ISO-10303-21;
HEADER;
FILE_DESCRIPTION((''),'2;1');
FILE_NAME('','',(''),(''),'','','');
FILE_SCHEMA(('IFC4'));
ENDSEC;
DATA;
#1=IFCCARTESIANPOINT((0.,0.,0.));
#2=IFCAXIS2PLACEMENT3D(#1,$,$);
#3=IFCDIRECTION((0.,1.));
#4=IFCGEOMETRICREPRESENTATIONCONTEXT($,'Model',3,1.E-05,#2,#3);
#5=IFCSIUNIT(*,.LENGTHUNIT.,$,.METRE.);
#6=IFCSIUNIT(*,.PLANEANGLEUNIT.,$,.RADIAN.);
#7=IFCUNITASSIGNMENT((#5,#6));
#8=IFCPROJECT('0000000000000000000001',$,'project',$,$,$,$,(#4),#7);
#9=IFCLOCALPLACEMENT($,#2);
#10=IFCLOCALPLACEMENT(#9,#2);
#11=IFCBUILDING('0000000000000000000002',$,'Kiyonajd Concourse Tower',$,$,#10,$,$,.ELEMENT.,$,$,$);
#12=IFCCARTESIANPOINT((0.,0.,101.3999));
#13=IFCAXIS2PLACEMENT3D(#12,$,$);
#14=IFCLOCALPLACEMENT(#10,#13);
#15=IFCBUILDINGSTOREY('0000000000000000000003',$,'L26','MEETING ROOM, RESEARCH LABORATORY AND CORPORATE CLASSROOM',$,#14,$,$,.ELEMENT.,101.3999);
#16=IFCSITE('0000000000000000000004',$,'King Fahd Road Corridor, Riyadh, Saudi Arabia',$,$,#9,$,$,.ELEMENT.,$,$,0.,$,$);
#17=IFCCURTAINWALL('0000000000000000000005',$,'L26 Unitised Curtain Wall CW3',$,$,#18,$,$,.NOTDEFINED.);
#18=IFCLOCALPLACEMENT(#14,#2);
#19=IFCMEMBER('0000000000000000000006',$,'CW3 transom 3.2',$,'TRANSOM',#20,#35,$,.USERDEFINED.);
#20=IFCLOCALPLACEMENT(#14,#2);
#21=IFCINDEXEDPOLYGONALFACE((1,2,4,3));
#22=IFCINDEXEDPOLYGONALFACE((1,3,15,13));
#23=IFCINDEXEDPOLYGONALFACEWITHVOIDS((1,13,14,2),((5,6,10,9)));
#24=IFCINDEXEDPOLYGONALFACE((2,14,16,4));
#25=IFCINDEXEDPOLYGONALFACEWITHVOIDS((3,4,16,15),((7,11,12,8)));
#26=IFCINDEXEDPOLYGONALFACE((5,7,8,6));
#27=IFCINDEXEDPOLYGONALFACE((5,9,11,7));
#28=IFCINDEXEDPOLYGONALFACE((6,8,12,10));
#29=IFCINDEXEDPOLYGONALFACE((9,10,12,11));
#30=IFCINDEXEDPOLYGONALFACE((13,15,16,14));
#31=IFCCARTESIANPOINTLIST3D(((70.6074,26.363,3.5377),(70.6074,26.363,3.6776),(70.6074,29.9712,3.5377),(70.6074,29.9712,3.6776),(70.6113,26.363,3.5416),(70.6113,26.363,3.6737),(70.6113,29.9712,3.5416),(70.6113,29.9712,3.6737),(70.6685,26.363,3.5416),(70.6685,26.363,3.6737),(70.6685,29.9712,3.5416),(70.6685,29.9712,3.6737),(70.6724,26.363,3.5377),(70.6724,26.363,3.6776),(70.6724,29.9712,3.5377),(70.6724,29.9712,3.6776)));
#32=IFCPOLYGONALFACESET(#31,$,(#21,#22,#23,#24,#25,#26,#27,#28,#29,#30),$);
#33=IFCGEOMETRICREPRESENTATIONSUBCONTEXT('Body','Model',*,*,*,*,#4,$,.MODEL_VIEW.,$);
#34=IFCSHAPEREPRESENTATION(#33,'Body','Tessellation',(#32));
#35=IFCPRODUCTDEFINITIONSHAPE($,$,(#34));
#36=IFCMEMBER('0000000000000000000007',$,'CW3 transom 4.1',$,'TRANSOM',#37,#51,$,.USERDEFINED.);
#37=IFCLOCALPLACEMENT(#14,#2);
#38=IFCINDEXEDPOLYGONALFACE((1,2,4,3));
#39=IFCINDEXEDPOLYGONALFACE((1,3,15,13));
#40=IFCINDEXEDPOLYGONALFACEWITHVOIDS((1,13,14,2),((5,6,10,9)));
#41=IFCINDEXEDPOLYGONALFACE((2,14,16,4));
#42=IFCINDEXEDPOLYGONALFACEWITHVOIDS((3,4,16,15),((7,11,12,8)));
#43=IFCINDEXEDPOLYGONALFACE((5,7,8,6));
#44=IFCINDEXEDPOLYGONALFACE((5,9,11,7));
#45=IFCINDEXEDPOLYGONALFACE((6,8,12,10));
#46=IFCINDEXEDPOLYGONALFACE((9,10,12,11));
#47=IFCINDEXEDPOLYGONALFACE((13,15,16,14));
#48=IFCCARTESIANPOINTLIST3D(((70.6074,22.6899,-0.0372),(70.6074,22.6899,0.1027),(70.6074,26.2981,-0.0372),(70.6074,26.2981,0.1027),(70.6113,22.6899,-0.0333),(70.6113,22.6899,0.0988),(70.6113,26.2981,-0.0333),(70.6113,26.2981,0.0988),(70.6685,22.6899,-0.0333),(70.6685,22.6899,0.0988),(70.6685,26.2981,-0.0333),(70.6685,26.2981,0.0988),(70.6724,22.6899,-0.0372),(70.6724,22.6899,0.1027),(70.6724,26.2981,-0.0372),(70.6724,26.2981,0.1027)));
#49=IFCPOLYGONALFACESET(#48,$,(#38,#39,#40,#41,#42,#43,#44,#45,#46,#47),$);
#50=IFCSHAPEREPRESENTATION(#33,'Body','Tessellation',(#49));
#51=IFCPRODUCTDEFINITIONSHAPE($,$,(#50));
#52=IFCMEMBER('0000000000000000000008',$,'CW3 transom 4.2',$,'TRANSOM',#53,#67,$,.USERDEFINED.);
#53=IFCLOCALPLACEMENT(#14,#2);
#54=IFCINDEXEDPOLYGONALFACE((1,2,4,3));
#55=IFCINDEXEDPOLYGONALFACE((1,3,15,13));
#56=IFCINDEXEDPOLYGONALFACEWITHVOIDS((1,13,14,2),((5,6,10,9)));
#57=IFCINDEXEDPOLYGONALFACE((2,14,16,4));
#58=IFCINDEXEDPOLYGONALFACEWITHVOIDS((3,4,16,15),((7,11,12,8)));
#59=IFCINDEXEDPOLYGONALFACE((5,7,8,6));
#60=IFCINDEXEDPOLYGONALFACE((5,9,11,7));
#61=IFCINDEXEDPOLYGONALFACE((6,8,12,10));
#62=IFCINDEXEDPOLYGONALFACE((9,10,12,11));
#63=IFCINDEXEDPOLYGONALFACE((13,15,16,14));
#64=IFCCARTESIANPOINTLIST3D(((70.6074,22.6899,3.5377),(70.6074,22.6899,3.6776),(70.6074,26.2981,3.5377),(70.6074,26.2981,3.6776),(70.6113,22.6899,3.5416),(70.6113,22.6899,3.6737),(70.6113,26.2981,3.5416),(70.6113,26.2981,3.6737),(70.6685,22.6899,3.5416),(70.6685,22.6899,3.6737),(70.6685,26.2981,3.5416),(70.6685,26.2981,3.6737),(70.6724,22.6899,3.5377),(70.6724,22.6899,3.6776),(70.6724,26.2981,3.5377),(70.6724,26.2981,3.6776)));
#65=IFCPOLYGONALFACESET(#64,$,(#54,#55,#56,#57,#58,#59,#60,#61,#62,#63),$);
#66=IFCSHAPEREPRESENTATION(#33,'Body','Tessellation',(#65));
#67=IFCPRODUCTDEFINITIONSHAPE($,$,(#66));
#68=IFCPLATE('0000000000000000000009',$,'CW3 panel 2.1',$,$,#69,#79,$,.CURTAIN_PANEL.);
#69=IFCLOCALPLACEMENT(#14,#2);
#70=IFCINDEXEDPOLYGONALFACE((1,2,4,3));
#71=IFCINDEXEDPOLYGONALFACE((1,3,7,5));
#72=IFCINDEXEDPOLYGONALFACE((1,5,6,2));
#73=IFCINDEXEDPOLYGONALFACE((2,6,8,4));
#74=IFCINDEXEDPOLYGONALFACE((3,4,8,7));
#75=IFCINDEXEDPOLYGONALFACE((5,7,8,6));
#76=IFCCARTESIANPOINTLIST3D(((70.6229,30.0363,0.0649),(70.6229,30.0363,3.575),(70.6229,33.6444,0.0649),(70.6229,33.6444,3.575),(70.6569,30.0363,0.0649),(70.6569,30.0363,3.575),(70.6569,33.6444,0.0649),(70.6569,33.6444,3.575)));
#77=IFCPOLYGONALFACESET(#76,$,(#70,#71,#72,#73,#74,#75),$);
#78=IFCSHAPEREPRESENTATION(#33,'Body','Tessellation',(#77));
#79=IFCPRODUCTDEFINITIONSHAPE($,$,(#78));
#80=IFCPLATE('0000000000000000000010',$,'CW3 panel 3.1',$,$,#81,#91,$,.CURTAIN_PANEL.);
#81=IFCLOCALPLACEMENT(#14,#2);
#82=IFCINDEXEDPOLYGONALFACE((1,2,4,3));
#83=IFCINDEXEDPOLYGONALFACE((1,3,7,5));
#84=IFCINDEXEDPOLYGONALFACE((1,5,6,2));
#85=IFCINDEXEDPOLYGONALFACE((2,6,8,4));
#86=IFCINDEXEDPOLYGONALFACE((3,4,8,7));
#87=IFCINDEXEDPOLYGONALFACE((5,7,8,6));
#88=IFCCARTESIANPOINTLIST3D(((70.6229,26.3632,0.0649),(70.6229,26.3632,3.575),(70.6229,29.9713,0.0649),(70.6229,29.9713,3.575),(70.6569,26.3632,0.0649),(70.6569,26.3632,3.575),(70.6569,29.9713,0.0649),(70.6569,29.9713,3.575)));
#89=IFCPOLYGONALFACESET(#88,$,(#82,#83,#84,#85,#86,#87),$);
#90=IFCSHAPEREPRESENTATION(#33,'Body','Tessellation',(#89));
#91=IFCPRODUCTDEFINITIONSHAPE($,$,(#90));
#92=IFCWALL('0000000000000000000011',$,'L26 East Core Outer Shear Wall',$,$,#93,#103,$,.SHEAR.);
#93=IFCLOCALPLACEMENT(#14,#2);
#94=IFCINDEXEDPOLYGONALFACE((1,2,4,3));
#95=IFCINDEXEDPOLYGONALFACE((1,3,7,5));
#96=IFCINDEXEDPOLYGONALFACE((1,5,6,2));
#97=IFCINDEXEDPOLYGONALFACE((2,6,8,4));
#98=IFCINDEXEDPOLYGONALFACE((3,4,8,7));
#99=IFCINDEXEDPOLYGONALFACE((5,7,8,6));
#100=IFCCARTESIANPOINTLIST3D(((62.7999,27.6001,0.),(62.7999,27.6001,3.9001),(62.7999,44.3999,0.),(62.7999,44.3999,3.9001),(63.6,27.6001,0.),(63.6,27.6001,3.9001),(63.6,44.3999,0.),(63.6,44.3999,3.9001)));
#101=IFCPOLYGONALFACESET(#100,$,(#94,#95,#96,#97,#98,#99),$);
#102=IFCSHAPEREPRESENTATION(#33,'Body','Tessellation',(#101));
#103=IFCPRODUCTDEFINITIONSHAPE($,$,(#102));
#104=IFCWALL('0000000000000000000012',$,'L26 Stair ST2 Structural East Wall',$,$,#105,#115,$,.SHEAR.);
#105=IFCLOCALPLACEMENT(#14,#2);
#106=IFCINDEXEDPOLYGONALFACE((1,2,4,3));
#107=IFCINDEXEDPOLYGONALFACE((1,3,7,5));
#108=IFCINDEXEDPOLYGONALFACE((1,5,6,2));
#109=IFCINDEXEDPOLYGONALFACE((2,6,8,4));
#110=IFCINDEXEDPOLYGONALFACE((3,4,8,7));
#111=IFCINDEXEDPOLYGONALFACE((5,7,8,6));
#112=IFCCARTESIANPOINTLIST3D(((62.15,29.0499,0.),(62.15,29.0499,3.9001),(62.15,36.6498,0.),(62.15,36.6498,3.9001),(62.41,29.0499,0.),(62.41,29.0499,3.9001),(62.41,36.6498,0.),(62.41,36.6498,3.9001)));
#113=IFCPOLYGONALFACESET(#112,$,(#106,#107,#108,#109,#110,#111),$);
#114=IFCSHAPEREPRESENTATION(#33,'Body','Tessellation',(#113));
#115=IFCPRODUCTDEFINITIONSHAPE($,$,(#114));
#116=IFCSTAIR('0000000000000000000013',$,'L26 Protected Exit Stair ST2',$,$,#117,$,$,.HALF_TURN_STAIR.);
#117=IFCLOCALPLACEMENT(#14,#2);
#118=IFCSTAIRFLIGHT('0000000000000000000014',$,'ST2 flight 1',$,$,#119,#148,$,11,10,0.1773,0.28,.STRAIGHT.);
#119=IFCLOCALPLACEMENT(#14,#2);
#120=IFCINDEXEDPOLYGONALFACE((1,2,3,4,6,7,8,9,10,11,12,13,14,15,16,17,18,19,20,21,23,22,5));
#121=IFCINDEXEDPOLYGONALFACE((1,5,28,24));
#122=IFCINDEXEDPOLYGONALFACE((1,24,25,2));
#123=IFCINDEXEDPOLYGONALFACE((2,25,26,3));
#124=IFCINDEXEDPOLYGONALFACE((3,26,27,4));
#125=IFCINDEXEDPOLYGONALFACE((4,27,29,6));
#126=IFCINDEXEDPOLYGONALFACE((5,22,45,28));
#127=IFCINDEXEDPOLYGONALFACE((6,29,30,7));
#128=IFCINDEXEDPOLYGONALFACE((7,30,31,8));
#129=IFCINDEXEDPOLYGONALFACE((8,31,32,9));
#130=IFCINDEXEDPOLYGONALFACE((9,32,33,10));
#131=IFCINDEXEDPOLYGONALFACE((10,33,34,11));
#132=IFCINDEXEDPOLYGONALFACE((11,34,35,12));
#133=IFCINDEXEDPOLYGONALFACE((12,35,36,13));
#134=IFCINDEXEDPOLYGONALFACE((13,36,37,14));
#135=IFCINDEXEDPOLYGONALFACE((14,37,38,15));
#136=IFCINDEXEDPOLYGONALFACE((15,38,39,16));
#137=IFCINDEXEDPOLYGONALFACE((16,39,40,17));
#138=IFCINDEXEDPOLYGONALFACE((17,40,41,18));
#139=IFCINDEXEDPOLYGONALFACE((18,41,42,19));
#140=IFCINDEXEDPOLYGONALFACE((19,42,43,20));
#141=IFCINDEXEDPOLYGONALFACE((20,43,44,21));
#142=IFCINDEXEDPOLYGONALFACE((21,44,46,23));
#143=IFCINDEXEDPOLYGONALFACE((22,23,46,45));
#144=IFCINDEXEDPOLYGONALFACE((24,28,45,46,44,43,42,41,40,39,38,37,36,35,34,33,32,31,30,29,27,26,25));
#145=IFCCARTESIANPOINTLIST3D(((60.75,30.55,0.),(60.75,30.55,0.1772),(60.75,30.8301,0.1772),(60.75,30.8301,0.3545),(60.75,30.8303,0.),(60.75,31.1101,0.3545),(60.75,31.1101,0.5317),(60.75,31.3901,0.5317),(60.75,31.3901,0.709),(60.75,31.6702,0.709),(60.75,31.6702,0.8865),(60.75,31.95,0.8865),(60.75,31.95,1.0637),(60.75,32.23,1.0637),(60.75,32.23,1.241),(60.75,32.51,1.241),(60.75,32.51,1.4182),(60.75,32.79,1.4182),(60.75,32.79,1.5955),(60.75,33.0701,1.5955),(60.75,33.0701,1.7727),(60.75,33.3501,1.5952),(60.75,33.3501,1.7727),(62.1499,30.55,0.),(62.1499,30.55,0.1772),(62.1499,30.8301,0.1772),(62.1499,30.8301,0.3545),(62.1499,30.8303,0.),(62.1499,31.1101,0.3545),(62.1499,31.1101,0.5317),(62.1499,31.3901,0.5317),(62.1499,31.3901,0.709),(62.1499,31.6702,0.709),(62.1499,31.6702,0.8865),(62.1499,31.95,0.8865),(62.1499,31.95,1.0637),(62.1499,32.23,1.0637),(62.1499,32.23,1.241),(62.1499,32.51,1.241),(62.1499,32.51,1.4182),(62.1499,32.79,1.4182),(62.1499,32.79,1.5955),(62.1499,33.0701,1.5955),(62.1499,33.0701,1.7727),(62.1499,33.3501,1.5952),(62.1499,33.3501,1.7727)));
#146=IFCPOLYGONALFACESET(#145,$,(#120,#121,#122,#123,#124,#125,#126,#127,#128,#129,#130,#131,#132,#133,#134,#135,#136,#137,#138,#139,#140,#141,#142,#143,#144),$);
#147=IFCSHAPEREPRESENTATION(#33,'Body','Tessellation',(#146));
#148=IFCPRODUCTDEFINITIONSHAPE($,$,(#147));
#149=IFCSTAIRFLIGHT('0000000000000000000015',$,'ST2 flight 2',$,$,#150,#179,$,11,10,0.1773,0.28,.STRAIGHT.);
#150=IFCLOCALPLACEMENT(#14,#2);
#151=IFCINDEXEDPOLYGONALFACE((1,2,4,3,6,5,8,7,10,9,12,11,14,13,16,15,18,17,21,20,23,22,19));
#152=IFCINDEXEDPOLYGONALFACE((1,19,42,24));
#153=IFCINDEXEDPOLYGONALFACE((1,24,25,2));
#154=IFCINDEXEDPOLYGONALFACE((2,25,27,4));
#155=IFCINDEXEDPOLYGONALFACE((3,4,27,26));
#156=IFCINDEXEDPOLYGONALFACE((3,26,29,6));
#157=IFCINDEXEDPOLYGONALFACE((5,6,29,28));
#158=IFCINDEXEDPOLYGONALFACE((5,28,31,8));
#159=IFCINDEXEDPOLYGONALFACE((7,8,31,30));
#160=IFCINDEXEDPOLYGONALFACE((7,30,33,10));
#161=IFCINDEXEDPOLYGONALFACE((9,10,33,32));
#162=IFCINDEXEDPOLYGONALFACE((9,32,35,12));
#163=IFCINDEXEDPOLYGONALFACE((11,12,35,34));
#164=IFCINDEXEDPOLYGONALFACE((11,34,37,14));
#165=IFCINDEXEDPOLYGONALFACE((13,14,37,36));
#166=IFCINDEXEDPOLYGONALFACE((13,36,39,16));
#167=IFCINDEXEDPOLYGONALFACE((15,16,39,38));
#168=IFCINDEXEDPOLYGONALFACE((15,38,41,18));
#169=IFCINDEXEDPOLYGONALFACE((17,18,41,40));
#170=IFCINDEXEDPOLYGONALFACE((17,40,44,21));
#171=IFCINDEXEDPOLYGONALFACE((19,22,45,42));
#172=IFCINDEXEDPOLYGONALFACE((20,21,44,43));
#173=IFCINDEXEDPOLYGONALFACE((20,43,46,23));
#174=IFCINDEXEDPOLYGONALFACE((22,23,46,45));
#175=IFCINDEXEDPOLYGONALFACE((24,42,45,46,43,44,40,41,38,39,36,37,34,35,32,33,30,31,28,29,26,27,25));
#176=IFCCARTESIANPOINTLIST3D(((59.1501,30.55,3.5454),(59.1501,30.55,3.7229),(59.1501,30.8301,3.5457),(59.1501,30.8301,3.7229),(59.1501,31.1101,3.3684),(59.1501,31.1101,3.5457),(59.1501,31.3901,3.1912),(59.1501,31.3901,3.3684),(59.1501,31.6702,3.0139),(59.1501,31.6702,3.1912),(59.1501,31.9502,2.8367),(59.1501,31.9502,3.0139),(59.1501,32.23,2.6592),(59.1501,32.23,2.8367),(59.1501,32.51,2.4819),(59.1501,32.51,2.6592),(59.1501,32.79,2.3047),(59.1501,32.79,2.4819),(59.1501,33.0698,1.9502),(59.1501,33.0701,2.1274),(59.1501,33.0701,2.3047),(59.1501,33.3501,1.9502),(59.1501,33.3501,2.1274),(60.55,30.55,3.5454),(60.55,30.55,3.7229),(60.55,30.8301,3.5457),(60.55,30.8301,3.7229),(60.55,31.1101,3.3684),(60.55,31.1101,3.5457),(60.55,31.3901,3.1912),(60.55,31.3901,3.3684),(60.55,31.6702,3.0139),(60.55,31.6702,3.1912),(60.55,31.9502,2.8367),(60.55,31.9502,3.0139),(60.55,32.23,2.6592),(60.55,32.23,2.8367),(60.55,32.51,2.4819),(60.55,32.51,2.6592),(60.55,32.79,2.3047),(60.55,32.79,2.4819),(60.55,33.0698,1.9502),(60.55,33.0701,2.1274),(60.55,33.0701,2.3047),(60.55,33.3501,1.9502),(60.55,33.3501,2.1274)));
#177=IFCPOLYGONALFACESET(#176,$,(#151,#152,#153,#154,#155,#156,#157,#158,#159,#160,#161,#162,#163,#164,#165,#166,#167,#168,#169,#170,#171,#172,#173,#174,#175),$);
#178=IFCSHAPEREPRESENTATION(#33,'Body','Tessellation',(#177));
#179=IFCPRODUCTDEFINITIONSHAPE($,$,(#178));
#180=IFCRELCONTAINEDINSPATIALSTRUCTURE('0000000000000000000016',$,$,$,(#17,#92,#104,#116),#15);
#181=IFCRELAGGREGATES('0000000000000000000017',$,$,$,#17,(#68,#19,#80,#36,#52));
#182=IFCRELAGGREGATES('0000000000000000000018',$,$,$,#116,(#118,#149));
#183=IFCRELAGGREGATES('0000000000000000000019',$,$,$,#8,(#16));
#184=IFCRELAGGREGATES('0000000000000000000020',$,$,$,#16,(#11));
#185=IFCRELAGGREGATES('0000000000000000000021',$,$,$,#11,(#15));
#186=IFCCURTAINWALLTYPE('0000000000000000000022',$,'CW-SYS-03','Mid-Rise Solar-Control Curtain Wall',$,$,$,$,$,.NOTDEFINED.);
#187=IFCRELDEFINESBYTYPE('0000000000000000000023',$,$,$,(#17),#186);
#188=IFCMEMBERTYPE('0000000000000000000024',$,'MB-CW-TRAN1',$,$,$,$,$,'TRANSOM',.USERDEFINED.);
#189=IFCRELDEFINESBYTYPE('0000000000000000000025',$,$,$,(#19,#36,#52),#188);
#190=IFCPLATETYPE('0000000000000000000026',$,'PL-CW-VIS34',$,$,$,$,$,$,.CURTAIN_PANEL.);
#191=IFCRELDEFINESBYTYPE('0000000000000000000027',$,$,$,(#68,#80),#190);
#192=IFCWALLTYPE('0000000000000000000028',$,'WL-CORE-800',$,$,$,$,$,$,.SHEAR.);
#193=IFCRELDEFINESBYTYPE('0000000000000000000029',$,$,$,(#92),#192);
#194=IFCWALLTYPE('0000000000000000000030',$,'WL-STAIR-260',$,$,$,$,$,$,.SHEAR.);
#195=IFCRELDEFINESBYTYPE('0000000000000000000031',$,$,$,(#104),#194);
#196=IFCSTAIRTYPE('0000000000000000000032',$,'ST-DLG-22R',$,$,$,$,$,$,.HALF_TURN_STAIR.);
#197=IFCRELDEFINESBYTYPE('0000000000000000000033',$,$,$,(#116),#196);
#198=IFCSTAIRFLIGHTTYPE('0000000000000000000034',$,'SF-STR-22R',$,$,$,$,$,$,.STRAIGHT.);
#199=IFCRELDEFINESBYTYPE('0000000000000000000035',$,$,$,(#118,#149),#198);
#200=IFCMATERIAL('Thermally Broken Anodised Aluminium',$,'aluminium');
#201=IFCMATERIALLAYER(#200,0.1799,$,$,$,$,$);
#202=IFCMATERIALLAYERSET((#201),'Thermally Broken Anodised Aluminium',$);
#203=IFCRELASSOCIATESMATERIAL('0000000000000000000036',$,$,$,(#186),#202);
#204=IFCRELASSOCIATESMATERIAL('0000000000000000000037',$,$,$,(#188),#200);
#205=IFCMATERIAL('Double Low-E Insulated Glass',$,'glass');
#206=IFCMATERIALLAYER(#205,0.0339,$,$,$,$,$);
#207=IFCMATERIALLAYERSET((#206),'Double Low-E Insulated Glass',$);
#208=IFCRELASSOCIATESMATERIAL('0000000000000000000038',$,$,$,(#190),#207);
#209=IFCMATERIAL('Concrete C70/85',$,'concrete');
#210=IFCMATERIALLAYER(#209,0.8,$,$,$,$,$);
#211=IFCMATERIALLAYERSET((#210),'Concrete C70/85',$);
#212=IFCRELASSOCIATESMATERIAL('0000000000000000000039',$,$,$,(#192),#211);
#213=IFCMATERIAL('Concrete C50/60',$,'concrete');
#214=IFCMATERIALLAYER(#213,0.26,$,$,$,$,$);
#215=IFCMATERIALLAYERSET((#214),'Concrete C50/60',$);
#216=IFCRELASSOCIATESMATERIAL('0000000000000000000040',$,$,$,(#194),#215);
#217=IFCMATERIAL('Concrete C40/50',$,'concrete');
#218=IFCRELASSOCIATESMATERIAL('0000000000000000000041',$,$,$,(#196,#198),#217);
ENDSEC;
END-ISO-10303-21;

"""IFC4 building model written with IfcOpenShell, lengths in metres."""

from ifc_helpers import new_model, si_unit, direction, frame, frame_2d, origin, origin_2d, place, context, subcontext, project, spatial, polyline, rectangle, hollow_rectangle, outline, extrude, material, layer, layer_set, material_profile, profile_set, type_object, element, aggregate, save


model = new_model("IFC4")

# Units and contexts
model_context = context("Model", 3, precision=1e-05, world=origin(), true_north=direction((0.0, 1.0)))
body_context = subcontext(model_context, "Body", "Model", "MODEL_VIEW")
ifc_project = project(units=[si_unit("LENGTHUNIT", "METRE"), si_unit("PLANEANGLEUNIT", "RADIAN")], contexts=[model_context])

# Site, building, storey
site_placement = place(None, origin())
site = spatial("IfcSite", under=ifc_project, at=site_placement, Name="King Fahd Road Corridor, Riyadh, Saudi Arabia", CompositionType="ELEMENT", RefElevation=0.0)
building_placement = place(site_placement, origin())
building = spatial("IfcBuilding", under=site, at=building_placement, Name="Kiyonajd Concourse Tower", CompositionType="ELEMENT")
storey_placement = place(building_placement, frame((0.0, 0.0, 101.3999)))
storey = spatial("IfcBuildingStorey", under=building, at=storey_placement, Name="L26", Description="MEETING ROOM, RESEARCH LABORATORY AND CORPORATE CLASSROOM", CompositionType="ELEMENT", Elevation=101.3999)

# Shared definitions
ifc_material_1 = material(Name="Concrete C70/85", Category="concrete")

# Curtain wall, members, plates
ifc_material_2 = material(Name="Thermally Broken Anodised Aluminium", Category="aluminium")
ifc_layer_1 = layer(ifc_material_2, 0.1799)
ifc_layer_set_1 = layer_set([ifc_layer_1], Name="Thermally Broken Anodised Aluminium")
curtain_wall_type = type_object("IfcCurtainWallType", Name="CW-SYS-03", Description="Mid-Rise Solar-Control Curtain Wall", PredefinedType="NOTDEFINED", material=ifc_layer_set_1)
curtain_wall_placement = place(storey_placement, origin())
curtain_wall = element("IfcCurtainWall", 1, at=curtain_wall_placement, inside=storey, type_object=curtain_wall_type, Name="L26 Unitised Curtain Wall CW3", PredefinedType="NOTDEFINED")
ifc_material_profile_1 = material_profile(ifc_material_2, hollow_rectangle(XDim=0.0649, YDim=0.1399, WallThickness=0.0039, at=origin_2d()), Name="TRAN-65x140")
ifc_profile_set_1 = profile_set([ifc_material_profile_1], Name="Thermally Broken Anodised Aluminium")
member_type_1 = type_object("IfcMemberType", Name="MB-CW-TRAN1", ElementType="TRANSOM", PredefinedType="USERDEFINED", material=ifc_profile_set_1)
member_1_placement = place(storey_placement, frame((70.6399, 29.9712, 3.6077), z_axis=(0.0, -1.0, 0.0), x_axis=(1.0, 0.0, 0.0)))
member_1 = element("IfcMember", 2, at=member_1_placement, type_object=member_type_1, Name="CW3 transom 3.2", ObjectType="TRANSOM", PredefinedType="USERDEFINED", context=body_context, shape_type="SweptSolid", body=[
    extrude(hollow_rectangle(XDim=0.0649, YDim=0.1399, WallThickness=0.0039, at=origin_2d()), origin(), (0.0, 0.0, 1.0), 3.6082),
])
member_2_placement = place(storey_placement, frame((70.6399, 26.2981, 0.0327), z_axis=(0.0, -1.0, 0.0), x_axis=(1.0, 0.0, 0.0)))
member_2 = element("IfcMember", 3, at=member_2_placement, type_object=member_type_1, Name="CW3 transom 4.1", ObjectType="TRANSOM", PredefinedType="USERDEFINED", context=body_context, shape_type="SweptSolid", body=[
    extrude(hollow_rectangle(XDim=0.0649, YDim=0.1399, WallThickness=0.0039, at=origin_2d()), origin(), (0.0, 0.0, 1.0), 3.6082),
])
member_3_placement = place(storey_placement, frame((70.6399, 26.2981, 3.6077), z_axis=(0.0, -1.0, 0.0), x_axis=(1.0, 0.0, 0.0)))
member_3 = element("IfcMember", 4, at=member_3_placement, type_object=member_type_1, Name="CW3 transom 4.2", ObjectType="TRANSOM", PredefinedType="USERDEFINED", context=body_context, shape_type="SweptSolid", body=[
    extrude(hollow_rectangle(XDim=0.0649, YDim=0.1399, WallThickness=0.0039, at=origin_2d()), origin(), (0.0, 0.0, 1.0), 3.6082),
])
ifc_material_3 = material(Name="Double Low-E Insulated Glass", Category="glass")
ifc_layer_2 = layer(ifc_material_3, 0.0339)
ifc_layer_set_2 = layer_set([ifc_layer_2], Name="Double Low-E Insulated Glass")
plate_type = type_object("IfcPlateType", Name="PL-CW-VIS34", PredefinedType="CURTAIN_PANEL", material=ifc_layer_set_2)
plate_1_placement = place(storey_placement, frame((70.6399, 31.8403, 0.0649), z_axis=(0.0, 0.0, 1.0), x_axis=(0.0, -1.0, 0.0)))
plate_1 = element("IfcPlate", 5, at=plate_1_placement, type_object=plate_type, Name="CW3 panel 2.1", PredefinedType="CURTAIN_PANEL", context=body_context, shape_type="SweptSolid", body=[
    extrude(rectangle(XDim=3.6082, YDim=0.0339, at=origin_2d()), origin(), (0.0, 0.0, 1.0), 3.51),
])
plate_2_placement = place(storey_placement, frame((70.6399, 28.1672, 0.0649), z_axis=(0.0, 0.0, 1.0), x_axis=(0.0, -1.0, 0.0)))
plate_2 = element("IfcPlate", 6, at=plate_2_placement, type_object=plate_type, Name="CW3 panel 3.1", PredefinedType="CURTAIN_PANEL", context=body_context, shape_type="SweptSolid", body=[
    extrude(rectangle(XDim=3.6082, YDim=0.0339, at=origin_2d()), origin(), (0.0, 0.0, 1.0), 3.51),
])
aggregate(curtain_wall, [plate_1, member_1, plate_2, member_2, member_3])

# Walls
ifc_layer_3 = layer(ifc_material_1, 0.8)
ifc_layer_set_3 = layer_set([ifc_layer_3], Name="Concrete C70/85")
wall_type_1 = type_object("IfcWallType", Name="WL-CORE-800", PredefinedType="SHEAR", material=ifc_layer_set_3)
wall_1_placement = place(storey_placement, frame((63.2, 27.6001, 0.0), z_axis=(0.0, 0.0, 1.0), x_axis=(0.0, 1.0, 0.0)))
element("IfcWall", 7, at=wall_1_placement, inside=storey, type_object=wall_type_1, Name="L26 East Core Outer Shear Wall", PredefinedType="SHEAR", context=body_context, shape_type="SweptSolid", body=[
    extrude(rectangle(XDim=16.7998, YDim=0.8, at=frame_2d((8.3999, 0.0))), origin(), (0.0, 0.0, 1.0), 3.9001),
])
ifc_material_4 = material(Name="Concrete C50/60", Category="concrete")
ifc_layer_4 = layer(ifc_material_4, 0.26)
ifc_layer_set_4 = layer_set([ifc_layer_4], Name="Concrete C50/60")
wall_type_2 = type_object("IfcWallType", Name="WL-STAIR-260", PredefinedType="SHEAR", material=ifc_layer_set_4)
wall_2_placement = place(storey_placement, frame((62.28, 29.05, 0.0), z_axis=(0.0, 0.0, 1.0), x_axis=(0.0, 1.0, 0.0)))
element("IfcWall", 8, at=wall_2_placement, inside=storey, type_object=wall_type_2, Name="L26 Stair ST2 Structural East Wall", PredefinedType="SHEAR", context=body_context, shape_type="SweptSolid", body=[
    extrude(rectangle(XDim=7.5999, YDim=0.26, at=frame_2d((3.7998, 0.0))), origin(), (0.0, 0.0, 1.0), 3.9001),
])

# Stair, stair flights
ifc_material_5 = material(Name="Concrete C40/50", Category="concrete")
stair_type = type_object("IfcStairType", Name="ST-DLG-22R", PredefinedType="HALF_TURN_STAIR", material=ifc_material_5)
stair_placement = place(storey_placement, origin())
stair = element("IfcStair", 9, at=stair_placement, inside=storey, type_object=stair_type, Name="L26 Protected Exit Stair ST2", PredefinedType="HALF_TURN_STAIR")
stair_flight_type = type_object("IfcStairFlightType", Name="SF-STR-22R", PredefinedType="STRAIGHT", material=ifc_material_5)
stair_flight_1_placement = place(storey_placement, frame((61.45, 30.55, 0.0), z_axis=(0.0, 0.0, 1.0), x_axis=(0.0, 1.0, 0.0)))
stair_flight_1 = element("IfcStairFlight", 10, at=stair_flight_1_placement, type_object=stair_flight_type, Name="ST2 flight 1", NumberOfRisers=11, NumberOfTreads=10, PredefinedType="STRAIGHT", RiserHeight=0.1773, TreadLength=0.28, context=body_context, shape_type="SweptSolid", body=[
    extrude(outline(polyline([(0.0, 0.0), (0.0, 0.1772), (0.28, 0.1772), (0.28, 0.3545), (0.5601, 0.3545), (0.5601, 0.5317), (0.8401, 0.5317), (0.8401, 0.709), (1.1201, 0.709), (1.1201, 0.8865), (1.3999, 0.8865), (1.3999, 1.0637), (1.6799, 1.0637), (1.6799, 1.241), (1.96, 1.241), (1.96, 1.4182), (2.24, 1.4182), (2.24, 1.5955), (2.52, 1.5955), (2.52, 1.7727), (2.8, 1.7727), (2.8, 1.95), (2.8, 1.5952), (0.2803, 0.0), (0.0, 0.0)])), frame((0.0, 0.7, 0.0), z_axis=(0.0, -1.0, 0.0), x_axis=(1.0, 0.0, 0.0)), (0.0, 0.0, 1.0), 1.3999),
])
stair_flight_2_placement = place(storey_placement, frame((59.8501, 33.3501, 1.9502), z_axis=(0.0, 0.0, 1.0), x_axis=(0.0, -1.0, 0.0)))
stair_flight_2 = element("IfcStairFlight", 11, at=stair_flight_2_placement, type_object=stair_flight_type, Name="ST2 flight 2", NumberOfRisers=11, NumberOfTreads=10, PredefinedType="STRAIGHT", RiserHeight=0.1773, TreadLength=0.28, context=body_context, shape_type="SweptSolid", body=[
    extrude(outline(polyline([(0.0, 0.0), (0.0, 0.1772), (0.28, 0.1772), (0.28, 0.3545), (0.5601, 0.3545), (0.5601, 0.5317), (0.8401, 0.5317), (0.8401, 0.709), (1.1201, 0.709), (1.1201, 0.8865), (1.3999, 0.8865), (1.3999, 1.0637), (1.6799, 1.0637), (1.6799, 1.241), (1.96, 1.241), (1.96, 1.4182), (2.24, 1.4182), (2.24, 1.5955), (2.52, 1.5955), (2.52, 1.7727), (2.8, 1.7727), (2.8, 1.95), (2.8, 1.5952), (0.2803, 0.0), (0.0, 0.0)])), frame((0.0, 0.7, 0.0), z_axis=(0.0, -1.0, 0.0), x_axis=(1.0, 0.0, 0.0)), (0.0, 0.0, 1.0), 1.3999),
])
aggregate(stair, [stair_flight_1, stair_flight_2])

save(model, "model.ifc")
